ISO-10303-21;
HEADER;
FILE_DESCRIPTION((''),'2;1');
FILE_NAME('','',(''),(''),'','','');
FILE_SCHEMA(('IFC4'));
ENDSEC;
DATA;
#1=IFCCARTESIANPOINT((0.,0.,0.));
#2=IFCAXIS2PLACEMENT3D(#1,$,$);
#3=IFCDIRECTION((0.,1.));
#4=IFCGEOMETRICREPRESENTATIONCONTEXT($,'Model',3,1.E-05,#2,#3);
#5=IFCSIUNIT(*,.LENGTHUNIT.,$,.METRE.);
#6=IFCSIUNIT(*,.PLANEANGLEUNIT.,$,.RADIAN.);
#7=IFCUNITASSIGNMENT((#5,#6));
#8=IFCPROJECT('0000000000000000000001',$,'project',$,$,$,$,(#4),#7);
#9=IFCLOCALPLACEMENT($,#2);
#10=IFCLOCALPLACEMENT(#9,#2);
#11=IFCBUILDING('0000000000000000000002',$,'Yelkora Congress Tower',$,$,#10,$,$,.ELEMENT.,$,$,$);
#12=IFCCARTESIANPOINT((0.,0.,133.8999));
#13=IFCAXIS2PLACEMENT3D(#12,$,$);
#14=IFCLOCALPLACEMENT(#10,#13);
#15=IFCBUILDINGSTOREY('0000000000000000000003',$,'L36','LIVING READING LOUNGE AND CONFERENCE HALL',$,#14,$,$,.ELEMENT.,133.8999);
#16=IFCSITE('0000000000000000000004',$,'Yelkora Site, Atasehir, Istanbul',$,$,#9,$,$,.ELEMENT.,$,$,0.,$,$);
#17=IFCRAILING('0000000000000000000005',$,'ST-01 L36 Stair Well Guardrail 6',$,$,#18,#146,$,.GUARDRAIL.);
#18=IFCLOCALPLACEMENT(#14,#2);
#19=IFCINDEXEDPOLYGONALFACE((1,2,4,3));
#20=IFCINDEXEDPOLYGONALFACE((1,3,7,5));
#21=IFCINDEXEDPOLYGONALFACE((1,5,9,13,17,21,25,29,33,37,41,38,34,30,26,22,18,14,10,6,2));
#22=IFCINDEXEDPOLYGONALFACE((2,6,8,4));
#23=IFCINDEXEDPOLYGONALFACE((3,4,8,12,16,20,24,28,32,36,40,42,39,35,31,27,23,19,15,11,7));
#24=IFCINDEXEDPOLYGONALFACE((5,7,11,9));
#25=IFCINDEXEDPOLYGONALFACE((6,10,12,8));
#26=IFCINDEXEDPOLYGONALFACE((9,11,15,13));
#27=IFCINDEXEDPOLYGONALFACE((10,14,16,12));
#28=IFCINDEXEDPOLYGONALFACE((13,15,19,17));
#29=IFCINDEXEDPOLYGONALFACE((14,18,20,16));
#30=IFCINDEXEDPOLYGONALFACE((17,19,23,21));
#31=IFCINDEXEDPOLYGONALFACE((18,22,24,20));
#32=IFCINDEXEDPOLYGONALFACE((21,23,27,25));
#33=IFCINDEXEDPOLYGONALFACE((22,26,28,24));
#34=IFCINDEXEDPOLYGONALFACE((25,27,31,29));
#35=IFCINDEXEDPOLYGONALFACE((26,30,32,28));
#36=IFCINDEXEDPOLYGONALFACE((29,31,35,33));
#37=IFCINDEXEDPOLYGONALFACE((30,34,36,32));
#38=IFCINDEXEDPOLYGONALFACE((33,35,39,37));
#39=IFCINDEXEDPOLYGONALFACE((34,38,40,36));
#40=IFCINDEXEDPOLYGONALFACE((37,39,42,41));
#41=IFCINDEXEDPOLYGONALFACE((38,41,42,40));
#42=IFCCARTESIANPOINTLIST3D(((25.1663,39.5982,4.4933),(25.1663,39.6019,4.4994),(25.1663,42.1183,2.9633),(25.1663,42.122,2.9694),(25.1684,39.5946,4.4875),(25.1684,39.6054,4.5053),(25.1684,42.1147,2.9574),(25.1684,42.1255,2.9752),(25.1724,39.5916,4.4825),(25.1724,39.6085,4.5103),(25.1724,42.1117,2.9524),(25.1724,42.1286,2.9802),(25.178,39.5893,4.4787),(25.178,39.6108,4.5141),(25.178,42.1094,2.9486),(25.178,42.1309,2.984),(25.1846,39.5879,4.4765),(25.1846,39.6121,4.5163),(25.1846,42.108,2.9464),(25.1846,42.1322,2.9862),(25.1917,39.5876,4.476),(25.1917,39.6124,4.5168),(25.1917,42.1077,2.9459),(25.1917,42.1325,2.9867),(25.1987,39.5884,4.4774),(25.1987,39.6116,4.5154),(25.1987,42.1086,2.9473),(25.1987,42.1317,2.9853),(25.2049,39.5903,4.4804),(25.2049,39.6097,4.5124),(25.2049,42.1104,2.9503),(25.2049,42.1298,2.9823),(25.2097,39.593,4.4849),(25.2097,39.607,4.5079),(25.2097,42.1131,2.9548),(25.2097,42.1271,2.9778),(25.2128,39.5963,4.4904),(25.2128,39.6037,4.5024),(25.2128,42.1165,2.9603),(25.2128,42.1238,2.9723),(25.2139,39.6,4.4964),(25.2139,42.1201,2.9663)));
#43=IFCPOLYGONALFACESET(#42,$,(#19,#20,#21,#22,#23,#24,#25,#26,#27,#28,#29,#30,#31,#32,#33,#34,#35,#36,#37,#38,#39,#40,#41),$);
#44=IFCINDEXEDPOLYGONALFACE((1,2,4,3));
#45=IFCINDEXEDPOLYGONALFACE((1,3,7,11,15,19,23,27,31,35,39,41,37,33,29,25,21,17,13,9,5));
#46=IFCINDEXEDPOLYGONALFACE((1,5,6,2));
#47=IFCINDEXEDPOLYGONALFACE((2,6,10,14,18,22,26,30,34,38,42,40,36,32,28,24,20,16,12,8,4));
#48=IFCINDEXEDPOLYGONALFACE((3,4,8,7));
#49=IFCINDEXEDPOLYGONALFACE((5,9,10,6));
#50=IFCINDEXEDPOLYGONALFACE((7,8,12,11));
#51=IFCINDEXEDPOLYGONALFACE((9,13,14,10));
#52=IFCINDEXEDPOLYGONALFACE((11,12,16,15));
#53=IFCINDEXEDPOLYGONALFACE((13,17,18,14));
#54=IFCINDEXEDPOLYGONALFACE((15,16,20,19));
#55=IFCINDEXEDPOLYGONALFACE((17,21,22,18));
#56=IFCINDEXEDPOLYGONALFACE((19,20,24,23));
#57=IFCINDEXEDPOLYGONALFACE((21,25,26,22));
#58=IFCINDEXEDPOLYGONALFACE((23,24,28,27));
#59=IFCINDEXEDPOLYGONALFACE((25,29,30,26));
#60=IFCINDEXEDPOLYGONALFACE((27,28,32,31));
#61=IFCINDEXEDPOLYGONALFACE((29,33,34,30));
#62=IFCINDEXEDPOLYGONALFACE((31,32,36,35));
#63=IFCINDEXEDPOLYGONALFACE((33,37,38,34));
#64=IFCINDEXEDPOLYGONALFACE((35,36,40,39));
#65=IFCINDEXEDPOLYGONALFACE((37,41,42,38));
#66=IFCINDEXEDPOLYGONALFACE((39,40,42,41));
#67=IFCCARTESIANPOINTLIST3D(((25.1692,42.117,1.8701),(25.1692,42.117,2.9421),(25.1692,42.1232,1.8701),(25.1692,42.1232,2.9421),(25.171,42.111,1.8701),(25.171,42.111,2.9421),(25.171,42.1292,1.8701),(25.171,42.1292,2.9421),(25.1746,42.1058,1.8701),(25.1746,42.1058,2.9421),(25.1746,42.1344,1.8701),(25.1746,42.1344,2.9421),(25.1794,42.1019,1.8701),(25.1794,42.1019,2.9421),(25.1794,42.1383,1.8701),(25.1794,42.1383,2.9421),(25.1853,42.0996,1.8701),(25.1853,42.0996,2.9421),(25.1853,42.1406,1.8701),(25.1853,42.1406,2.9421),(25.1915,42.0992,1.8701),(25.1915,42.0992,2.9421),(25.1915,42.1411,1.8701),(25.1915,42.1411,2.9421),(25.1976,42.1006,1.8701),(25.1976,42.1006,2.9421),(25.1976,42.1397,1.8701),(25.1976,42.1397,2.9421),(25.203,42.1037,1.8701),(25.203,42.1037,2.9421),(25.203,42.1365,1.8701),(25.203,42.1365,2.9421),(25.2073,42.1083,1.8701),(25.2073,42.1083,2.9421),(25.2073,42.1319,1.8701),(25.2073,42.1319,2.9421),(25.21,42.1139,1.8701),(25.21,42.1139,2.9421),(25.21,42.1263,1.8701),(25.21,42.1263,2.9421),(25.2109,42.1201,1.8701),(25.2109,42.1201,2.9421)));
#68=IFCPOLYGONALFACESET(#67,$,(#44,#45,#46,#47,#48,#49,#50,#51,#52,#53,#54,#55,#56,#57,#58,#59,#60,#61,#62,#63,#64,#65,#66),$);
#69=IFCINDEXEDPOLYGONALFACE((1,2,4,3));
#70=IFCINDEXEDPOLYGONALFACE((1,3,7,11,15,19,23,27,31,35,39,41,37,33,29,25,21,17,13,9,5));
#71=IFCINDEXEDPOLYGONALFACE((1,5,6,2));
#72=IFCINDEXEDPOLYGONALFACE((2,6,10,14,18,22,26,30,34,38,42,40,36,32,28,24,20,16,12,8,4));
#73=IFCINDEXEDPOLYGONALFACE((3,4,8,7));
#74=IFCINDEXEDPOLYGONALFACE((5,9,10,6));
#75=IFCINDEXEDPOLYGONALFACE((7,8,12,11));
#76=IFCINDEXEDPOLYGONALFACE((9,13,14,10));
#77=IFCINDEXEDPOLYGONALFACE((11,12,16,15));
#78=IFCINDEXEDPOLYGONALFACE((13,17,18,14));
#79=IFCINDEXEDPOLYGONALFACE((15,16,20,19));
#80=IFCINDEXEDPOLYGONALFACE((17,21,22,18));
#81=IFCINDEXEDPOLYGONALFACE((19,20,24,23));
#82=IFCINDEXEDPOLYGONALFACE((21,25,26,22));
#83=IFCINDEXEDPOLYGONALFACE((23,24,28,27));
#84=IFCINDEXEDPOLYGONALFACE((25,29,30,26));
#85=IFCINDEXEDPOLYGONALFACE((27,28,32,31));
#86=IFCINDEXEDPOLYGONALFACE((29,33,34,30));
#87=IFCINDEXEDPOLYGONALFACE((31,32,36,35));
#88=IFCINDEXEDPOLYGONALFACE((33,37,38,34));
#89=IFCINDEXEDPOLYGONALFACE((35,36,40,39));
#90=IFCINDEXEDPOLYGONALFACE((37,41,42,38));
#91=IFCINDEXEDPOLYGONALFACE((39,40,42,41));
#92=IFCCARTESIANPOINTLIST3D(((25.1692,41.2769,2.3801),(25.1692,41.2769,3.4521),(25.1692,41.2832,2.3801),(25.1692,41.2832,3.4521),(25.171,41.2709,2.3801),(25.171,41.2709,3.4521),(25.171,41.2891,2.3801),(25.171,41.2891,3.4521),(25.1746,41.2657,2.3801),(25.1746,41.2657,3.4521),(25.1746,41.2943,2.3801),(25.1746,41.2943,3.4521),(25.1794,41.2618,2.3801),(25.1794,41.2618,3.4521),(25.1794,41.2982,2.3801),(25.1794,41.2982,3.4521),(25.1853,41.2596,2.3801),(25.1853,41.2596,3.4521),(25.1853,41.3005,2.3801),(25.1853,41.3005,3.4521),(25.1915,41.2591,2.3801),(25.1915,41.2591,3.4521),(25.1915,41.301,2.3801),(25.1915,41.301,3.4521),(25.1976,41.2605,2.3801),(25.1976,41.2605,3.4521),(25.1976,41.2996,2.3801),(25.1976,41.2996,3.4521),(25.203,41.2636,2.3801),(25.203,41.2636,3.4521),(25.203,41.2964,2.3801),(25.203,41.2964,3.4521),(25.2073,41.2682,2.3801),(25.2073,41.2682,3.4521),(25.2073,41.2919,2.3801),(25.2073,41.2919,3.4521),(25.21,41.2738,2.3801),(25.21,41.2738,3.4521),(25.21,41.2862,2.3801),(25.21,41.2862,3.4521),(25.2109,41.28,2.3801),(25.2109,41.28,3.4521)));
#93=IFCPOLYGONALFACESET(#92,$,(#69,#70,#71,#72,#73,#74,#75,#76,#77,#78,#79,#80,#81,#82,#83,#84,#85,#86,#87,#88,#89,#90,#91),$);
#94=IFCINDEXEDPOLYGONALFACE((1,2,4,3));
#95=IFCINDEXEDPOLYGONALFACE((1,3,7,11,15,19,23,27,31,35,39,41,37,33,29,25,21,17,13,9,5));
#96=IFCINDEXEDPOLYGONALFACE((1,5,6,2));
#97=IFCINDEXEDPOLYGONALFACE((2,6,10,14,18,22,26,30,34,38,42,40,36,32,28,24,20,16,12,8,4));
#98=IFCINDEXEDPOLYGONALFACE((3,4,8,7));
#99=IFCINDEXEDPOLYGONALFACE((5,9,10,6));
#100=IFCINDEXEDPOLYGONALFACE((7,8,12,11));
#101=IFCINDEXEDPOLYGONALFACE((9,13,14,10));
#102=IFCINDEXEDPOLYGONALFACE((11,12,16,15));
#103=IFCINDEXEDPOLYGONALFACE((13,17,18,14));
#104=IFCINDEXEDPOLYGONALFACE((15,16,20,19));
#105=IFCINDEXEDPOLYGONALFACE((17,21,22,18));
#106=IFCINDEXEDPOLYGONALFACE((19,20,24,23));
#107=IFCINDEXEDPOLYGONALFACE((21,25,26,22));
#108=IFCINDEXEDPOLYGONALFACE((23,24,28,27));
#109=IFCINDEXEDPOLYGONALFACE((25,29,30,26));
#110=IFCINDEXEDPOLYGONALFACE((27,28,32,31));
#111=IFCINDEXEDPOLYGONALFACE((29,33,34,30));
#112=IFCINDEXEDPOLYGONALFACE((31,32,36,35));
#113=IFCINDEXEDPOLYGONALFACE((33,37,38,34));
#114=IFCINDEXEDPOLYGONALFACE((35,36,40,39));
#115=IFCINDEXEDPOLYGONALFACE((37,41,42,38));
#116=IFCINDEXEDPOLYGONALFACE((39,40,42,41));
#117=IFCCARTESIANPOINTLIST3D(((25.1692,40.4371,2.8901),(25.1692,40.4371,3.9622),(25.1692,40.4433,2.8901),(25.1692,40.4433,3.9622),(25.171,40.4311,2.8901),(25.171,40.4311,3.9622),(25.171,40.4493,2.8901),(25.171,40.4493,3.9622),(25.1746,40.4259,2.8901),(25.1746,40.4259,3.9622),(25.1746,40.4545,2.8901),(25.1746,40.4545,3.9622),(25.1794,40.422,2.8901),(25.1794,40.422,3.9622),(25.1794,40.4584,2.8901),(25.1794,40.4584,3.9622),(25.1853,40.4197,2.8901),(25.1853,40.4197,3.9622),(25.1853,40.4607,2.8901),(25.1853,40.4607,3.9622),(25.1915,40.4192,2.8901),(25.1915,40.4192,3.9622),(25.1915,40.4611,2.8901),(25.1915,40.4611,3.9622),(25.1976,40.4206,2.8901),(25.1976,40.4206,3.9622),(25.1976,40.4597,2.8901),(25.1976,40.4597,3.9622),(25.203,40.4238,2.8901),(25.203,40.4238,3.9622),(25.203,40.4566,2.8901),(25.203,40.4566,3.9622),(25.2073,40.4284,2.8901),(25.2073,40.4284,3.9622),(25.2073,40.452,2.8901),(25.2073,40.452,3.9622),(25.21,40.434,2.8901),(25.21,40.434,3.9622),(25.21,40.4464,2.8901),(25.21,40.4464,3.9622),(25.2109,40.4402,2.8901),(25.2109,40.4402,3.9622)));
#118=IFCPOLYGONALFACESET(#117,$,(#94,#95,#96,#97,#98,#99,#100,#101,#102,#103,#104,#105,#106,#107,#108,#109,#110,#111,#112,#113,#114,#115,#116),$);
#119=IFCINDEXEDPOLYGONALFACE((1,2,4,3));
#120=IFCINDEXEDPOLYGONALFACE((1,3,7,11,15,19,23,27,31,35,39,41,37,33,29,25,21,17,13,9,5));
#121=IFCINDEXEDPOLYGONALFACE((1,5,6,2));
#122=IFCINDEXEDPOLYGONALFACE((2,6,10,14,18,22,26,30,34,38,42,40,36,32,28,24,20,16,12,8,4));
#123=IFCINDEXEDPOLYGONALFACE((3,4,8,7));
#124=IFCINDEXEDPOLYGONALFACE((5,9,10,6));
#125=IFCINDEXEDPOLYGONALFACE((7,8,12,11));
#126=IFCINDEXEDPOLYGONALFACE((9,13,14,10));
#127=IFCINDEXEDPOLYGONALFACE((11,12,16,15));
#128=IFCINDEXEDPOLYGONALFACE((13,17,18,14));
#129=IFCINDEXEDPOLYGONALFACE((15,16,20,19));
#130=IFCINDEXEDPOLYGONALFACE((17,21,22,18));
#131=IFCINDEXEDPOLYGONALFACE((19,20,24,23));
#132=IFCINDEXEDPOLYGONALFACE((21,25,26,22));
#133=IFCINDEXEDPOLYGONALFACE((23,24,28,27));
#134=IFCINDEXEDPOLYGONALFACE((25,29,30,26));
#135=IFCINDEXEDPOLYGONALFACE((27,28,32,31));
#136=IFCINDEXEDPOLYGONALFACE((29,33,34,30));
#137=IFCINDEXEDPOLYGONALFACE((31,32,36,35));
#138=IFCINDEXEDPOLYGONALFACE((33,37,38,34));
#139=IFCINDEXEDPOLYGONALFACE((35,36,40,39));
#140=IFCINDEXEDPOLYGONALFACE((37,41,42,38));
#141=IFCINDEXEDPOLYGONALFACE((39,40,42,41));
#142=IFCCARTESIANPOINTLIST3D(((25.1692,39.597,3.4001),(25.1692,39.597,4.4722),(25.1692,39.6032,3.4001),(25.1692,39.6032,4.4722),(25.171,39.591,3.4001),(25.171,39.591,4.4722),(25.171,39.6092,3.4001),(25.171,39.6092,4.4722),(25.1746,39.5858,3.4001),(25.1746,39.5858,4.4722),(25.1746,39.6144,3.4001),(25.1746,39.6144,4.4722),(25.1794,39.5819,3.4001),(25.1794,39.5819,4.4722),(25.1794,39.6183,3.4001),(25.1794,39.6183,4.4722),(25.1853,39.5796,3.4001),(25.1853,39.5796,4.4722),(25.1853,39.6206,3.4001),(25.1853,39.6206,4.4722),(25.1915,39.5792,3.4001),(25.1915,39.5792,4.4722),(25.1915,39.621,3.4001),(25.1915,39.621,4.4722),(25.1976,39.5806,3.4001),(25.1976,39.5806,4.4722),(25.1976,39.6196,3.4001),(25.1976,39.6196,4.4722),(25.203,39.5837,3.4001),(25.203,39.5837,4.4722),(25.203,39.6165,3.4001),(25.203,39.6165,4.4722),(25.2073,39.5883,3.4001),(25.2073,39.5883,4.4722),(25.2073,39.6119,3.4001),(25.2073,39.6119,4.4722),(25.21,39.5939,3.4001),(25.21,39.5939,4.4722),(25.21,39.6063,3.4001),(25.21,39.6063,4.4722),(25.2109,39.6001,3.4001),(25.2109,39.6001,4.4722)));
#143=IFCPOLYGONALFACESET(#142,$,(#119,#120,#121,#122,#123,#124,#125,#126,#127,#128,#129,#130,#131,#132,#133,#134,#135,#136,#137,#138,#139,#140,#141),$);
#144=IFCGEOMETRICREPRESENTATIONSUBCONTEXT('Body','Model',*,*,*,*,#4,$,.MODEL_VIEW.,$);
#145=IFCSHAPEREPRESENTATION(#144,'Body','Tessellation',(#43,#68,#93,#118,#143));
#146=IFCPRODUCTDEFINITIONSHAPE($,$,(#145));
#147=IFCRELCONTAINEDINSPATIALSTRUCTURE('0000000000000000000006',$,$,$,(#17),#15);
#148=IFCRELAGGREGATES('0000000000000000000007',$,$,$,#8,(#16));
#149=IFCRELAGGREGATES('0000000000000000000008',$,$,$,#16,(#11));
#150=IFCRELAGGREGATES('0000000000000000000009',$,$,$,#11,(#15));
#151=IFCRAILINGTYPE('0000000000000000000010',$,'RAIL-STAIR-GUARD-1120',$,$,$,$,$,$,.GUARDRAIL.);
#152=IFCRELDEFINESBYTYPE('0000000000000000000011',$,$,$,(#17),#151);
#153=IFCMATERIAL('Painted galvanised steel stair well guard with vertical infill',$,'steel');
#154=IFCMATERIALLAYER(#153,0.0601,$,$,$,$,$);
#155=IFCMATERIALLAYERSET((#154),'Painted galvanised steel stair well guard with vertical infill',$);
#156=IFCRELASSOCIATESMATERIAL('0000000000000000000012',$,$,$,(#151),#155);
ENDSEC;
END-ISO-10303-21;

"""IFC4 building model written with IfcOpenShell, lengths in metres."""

from ifc_helpers import new_model, si_unit, direction, frame, origin, origin_2d, place, context, subcontext, project, spatial, circle, extrude, material, layer, layer_set, type_object, element, save


model = new_model("IFC4")

# Units and contexts
model_context = context("Model", 3, precision=1e-05, world=origin(), true_north=direction((0.0, 1.0)))
body_context = subcontext(model_context, "Body", "Model", "MODEL_VIEW")
ifc_project = project(units=[si_unit("LENGTHUNIT", "METRE"), si_unit("PLANEANGLEUNIT", "RADIAN")], contexts=[model_context])

# Site, building, storey
site_placement = place(None, origin())
site = spatial("IfcSite", under=ifc_project, at=site_placement, Name="Yelkora Site, Atasehir, Istanbul", CompositionType="ELEMENT", RefElevation=0.0)
building_placement = place(site_placement, origin())
building = spatial("IfcBuilding", under=site, at=building_placement, Name="Yelkora Congress Tower", CompositionType="ELEMENT")
storey_placement = place(building_placement, frame((0.0, 0.0, 133.8999)))
storey = spatial("IfcBuildingStorey", under=building, at=storey_placement, Name="L36", Description="LIVING READING LOUNGE AND CONFERENCE HALL", CompositionType="ELEMENT", Elevation=133.8999)

# Railing
ifc_material_1 = material(Name="Painted galvanised steel stair well guard with vertical infill", Category="steel")
ifc_layer_1 = layer(ifc_material_1, 0.0601)
ifc_layer_set_1 = layer_set([ifc_layer_1], Name="Painted galvanised steel stair well guard with vertical infill")
railing_type_1 = type_object("IfcRailingType", Name="RAIL-STAIR-GUARD-1120", PredefinedType="GUARDRAIL", material=ifc_layer_set_1)
railing_1_placement = place(storey_placement, frame((25.1899, 42.1201, 1.8701)))
element("IfcRailing", 1, at=railing_1_placement, inside=storey, type_object=railing_type_1, Name="ST-01 L36 Stair Well Guardrail 6", PredefinedType="GUARDRAIL", context=body_context, shape_type="SweptSolid", body=[
    extrude(circle(Radius=0.0239, at=origin_2d()), frame((0.0, 0.0, 1.0962), z_axis=(0.0, -0.854785, 0.518982), x_axis=(1.0, 0.0, 0.0)), (0.0, 0.0, 1.0), 2.9482),
    extrude(circle(Radius=0.021, at=origin_2d()), origin(), (0.0, 0.0, 1.0), 1.072),
    extrude(circle(Radius=0.021, at=origin_2d()), frame((0.0, -0.8401, 0.51)), (0.0, 0.0, 1.0), 1.072),
    extrude(circle(Radius=0.021, at=origin_2d()), frame((0.0, -1.6799, 1.02)), (0.0, 0.0, 1.0), 1.072),
    extrude(circle(Radius=0.021, at=origin_2d()), frame((0.0, -2.52, 1.53)), (0.0, 0.0, 1.0), 1.072),
])

save(model, "model.ifc")
